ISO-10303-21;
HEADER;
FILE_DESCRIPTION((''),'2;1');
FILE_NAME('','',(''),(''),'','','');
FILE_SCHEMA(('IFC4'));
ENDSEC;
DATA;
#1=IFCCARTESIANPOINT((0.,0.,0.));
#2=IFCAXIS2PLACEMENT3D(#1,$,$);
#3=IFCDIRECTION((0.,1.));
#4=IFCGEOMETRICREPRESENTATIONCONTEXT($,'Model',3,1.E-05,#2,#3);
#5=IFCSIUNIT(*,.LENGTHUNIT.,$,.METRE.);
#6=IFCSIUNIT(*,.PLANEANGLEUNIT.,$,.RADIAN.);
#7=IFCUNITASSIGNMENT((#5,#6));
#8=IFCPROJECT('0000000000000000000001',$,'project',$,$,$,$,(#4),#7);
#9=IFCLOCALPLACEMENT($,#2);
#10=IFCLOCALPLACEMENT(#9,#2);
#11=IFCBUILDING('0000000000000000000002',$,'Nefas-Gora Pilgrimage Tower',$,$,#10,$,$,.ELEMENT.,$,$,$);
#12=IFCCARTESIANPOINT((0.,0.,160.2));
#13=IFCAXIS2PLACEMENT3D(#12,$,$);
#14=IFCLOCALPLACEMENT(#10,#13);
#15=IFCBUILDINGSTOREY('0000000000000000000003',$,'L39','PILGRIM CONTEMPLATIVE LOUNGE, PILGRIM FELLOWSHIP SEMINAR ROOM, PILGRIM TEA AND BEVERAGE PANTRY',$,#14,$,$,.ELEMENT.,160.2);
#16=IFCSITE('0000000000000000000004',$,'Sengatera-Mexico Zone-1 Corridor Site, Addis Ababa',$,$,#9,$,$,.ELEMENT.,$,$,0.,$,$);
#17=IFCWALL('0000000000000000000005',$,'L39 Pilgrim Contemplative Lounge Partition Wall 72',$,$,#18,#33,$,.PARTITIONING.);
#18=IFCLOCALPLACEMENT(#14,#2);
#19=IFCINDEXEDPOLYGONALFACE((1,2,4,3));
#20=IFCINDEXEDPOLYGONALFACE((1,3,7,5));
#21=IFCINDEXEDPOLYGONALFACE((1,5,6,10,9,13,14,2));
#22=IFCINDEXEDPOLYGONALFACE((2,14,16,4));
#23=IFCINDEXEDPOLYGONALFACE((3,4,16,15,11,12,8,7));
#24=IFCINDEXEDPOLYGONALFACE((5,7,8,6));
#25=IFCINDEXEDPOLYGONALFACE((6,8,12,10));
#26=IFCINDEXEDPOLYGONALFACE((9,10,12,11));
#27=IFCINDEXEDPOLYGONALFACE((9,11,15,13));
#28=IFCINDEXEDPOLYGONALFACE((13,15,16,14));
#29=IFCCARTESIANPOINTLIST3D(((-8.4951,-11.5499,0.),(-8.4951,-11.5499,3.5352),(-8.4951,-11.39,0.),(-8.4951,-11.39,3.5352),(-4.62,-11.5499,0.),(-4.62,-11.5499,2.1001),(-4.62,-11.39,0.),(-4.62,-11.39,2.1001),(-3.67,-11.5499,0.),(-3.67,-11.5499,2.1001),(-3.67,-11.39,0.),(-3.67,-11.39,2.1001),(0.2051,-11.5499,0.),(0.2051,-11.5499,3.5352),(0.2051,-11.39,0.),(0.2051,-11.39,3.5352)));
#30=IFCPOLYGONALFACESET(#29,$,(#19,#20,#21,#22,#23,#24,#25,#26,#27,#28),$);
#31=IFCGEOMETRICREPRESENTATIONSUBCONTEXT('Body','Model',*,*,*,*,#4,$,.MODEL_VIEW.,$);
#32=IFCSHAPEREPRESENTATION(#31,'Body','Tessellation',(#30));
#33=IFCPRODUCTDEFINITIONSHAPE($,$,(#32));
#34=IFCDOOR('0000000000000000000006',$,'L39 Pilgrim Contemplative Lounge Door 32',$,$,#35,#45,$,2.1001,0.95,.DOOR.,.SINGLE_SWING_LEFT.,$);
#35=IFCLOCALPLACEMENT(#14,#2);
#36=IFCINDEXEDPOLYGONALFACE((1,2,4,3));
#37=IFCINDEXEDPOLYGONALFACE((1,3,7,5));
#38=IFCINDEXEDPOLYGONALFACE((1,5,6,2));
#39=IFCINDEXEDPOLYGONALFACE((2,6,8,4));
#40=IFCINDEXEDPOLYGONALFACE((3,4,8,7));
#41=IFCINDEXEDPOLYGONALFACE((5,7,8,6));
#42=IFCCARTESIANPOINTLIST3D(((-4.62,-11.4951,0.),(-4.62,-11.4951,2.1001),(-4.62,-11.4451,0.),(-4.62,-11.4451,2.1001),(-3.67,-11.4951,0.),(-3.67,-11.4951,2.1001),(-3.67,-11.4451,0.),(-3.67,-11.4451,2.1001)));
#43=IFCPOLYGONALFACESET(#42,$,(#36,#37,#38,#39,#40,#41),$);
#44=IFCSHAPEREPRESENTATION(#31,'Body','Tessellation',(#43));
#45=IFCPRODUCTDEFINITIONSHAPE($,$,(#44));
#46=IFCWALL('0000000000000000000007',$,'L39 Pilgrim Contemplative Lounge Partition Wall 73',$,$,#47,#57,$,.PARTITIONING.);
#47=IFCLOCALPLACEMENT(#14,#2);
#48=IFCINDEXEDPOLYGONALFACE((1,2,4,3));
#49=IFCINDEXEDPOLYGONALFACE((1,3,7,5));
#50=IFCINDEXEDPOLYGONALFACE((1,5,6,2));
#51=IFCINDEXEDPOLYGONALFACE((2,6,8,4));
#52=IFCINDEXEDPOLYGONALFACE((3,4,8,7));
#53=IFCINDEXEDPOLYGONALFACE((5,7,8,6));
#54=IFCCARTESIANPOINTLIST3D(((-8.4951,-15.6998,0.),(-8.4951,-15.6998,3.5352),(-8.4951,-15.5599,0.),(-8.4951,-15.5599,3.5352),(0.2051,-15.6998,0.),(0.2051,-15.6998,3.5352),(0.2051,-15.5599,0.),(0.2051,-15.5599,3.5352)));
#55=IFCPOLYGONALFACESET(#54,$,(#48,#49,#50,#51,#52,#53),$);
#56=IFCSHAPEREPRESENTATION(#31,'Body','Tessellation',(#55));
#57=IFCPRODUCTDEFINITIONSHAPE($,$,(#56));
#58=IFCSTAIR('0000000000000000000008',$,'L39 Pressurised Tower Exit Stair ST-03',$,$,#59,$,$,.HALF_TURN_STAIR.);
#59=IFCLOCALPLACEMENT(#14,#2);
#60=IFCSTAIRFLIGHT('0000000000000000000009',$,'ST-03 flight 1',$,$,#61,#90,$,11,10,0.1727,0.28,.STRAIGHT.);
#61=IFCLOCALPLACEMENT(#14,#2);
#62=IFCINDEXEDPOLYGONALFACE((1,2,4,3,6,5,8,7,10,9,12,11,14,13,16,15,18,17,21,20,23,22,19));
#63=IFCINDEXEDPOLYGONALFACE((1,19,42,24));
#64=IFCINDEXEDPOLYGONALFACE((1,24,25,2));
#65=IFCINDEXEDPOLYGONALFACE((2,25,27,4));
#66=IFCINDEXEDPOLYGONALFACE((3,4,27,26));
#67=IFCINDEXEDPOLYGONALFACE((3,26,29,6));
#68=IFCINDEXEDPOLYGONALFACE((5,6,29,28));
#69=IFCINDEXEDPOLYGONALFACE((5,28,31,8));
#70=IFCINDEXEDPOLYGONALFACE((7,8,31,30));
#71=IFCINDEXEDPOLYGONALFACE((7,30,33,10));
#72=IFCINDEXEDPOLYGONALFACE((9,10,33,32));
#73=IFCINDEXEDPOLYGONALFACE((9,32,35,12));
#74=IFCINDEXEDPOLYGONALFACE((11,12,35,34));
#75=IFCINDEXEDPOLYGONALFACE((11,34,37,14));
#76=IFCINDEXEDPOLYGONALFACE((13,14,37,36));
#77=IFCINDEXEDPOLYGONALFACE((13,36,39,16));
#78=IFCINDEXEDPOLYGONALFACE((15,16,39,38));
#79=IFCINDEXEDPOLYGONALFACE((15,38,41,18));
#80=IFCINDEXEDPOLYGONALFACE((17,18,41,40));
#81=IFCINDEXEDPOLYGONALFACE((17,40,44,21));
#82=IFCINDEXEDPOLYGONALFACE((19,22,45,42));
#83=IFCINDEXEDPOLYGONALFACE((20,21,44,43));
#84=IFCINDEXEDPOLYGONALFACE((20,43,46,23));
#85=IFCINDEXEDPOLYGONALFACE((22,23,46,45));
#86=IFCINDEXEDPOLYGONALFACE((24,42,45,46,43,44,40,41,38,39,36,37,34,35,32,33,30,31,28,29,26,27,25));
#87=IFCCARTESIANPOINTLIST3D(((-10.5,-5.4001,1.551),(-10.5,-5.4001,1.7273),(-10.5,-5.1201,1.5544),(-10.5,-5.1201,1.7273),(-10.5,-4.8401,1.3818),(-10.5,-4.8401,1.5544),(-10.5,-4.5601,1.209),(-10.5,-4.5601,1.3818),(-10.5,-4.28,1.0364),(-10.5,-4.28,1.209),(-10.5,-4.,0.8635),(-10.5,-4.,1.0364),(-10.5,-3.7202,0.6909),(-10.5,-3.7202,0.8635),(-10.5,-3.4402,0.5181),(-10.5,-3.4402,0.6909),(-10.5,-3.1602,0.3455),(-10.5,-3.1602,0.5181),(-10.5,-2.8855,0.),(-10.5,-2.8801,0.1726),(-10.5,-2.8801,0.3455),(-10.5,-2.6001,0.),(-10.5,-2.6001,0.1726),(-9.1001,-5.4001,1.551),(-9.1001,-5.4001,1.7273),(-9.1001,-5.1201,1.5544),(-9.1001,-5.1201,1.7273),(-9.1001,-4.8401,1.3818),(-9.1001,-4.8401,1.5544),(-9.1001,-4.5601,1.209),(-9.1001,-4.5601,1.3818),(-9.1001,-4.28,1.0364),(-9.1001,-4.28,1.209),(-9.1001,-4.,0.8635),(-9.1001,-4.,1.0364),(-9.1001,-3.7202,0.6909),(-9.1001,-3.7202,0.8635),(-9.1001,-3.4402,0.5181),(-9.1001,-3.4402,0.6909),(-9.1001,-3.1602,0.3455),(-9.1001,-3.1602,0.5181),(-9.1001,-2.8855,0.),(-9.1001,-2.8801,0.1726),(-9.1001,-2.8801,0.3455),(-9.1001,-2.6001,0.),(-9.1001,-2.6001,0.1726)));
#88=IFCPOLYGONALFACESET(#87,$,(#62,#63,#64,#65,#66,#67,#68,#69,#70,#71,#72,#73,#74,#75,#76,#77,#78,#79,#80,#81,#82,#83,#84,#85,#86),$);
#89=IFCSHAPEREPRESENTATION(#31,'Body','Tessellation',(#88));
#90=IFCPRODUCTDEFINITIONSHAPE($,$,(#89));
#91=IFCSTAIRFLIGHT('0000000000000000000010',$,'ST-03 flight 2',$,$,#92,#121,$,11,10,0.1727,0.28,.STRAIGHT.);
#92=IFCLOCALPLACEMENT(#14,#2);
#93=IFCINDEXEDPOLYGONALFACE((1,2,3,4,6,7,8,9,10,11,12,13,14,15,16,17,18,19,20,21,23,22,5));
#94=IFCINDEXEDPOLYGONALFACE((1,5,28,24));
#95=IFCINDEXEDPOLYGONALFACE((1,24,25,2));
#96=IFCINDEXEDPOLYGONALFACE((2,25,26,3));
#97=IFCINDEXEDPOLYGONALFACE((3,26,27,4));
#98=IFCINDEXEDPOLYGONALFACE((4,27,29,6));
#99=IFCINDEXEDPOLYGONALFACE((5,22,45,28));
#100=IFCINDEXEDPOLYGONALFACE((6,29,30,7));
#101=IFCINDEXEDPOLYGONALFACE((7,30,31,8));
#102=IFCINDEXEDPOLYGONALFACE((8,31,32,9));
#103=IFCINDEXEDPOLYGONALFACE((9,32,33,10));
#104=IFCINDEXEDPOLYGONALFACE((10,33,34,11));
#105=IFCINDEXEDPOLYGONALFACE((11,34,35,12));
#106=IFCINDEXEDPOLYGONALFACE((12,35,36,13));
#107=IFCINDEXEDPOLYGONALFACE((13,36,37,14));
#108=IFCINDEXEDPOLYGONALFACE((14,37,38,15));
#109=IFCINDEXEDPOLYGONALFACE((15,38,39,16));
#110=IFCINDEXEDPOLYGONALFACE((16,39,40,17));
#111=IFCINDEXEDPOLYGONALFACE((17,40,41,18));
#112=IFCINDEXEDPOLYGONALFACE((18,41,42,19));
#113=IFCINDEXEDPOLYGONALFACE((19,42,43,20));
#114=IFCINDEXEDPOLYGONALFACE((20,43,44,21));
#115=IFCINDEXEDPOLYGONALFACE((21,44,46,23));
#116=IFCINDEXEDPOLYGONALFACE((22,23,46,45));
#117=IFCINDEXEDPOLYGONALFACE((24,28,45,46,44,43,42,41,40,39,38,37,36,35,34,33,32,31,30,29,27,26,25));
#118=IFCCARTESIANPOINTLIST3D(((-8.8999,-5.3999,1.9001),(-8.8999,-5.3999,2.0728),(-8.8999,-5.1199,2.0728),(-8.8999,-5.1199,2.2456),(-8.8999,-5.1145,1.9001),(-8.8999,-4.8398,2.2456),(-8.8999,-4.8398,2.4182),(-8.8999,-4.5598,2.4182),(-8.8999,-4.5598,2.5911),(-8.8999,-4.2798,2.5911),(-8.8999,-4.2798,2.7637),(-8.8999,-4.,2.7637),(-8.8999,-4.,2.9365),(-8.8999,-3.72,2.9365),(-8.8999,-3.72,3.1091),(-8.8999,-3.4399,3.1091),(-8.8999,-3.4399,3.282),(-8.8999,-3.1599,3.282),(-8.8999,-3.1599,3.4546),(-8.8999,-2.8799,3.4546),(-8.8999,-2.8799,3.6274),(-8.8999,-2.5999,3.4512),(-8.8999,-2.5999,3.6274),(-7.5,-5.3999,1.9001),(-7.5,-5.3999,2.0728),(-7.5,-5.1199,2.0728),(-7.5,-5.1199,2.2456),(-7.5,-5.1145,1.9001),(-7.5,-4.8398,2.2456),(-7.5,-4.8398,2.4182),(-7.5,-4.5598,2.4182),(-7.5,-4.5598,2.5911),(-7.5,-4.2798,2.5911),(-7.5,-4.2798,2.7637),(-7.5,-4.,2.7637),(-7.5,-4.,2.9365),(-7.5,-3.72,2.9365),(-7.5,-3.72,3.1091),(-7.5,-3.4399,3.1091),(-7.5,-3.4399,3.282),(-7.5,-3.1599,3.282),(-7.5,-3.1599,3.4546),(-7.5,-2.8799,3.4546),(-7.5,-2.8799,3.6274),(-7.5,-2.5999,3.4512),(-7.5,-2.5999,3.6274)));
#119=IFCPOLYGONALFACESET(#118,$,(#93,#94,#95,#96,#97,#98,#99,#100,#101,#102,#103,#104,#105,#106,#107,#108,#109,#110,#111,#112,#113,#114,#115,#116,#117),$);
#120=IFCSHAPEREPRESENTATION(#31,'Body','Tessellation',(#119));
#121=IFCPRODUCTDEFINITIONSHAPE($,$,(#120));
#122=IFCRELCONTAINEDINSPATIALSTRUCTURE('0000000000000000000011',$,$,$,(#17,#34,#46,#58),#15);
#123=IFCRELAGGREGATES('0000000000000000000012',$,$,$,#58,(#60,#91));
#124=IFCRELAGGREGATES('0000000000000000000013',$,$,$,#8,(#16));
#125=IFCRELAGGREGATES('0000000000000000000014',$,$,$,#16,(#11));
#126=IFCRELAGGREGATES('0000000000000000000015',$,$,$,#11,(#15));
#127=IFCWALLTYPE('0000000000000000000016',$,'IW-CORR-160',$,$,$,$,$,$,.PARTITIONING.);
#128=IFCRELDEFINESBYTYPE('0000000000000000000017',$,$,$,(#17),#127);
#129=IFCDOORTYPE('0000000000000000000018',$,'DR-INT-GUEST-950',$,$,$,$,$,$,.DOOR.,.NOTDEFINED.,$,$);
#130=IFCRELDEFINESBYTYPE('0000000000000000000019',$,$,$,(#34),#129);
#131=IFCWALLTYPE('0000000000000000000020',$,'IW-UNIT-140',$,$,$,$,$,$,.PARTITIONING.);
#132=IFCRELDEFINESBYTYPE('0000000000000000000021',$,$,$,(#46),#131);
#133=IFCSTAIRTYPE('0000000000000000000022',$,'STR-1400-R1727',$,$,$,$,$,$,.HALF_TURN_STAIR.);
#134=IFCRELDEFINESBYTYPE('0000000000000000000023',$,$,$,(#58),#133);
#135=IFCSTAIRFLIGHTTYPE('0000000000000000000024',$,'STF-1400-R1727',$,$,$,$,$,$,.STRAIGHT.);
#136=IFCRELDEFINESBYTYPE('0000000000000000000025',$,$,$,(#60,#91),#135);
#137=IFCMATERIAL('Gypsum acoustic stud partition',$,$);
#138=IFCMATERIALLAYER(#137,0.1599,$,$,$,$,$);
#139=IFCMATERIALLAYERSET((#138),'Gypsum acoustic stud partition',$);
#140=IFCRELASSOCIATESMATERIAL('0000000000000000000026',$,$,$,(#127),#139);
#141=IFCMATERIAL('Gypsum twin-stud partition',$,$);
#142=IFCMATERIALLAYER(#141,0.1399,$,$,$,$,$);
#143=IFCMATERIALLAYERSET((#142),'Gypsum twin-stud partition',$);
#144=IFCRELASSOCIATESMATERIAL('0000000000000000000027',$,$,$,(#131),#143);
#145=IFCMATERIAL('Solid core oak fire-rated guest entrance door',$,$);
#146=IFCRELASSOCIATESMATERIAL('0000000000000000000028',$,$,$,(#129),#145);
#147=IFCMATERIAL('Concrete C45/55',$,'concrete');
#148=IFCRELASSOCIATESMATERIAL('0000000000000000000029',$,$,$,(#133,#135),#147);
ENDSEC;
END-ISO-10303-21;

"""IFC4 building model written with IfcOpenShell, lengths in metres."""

from ifc_helpers import new_model, si_unit, direction, frame, frame_2d, origin, place, context, subcontext, project, spatial, polyline, rectangle, outline, extrude, source, transform, mapped, material, layer, layer_set, type_object, element, fill, aggregate, save


model = new_model("IFC4")

# Units and contexts
model_context = context("Model", 3, precision=1e-05, world=origin(), true_north=direction((0.0, 1.0)))
body_context = subcontext(model_context, "Body", "Model", "MODEL_VIEW")
ifc_project = project(units=[si_unit("LENGTHUNIT", "METRE"), si_unit("PLANEANGLEUNIT", "RADIAN")], contexts=[model_context])

# Site, building, storey
site_placement = place(None, origin())
site = spatial("IfcSite", under=ifc_project, at=site_placement, Name="Sengatera-Mexico Zone-1 Corridor Site, Addis Ababa", CompositionType="ELEMENT", RefElevation=0.0)
building_placement = place(site_placement, origin())
building = spatial("IfcBuilding", under=site, at=building_placement, Name="Nefas-Gora Pilgrimage Tower", CompositionType="ELEMENT")
storey_placement = place(building_placement, frame((0.0, 0.0, 160.2)))
storey = spatial("IfcBuildingStorey", under=building, at=storey_placement, Name="L39", Description="PILGRIM CONTEMPLATIVE LOUNGE, PILGRIM FELLOWSHIP SEMINAR ROOM, PILGRIM TEA AND BEVERAGE PANTRY", CompositionType="ELEMENT", Elevation=160.2)

# Shared definitions
ifc_material_1 = material(Name="Concrete C45/55", Category="concrete")

# Shared definitions
ifc_material_2 = material(Name="Gypsum acoustic stud partition")
ifc_layer_1 = layer(ifc_material_2, 0.1599)
ifc_layer_set_1 = layer_set([ifc_layer_1], Name="Gypsum acoustic stud partition")
wall_type_1 = type_object("IfcWallType", Name="IW-CORR-160", PredefinedType="PARTITIONING", material=ifc_layer_set_1)
ifc_material_3 = material(Name="Gypsum twin-stud partition")
ifc_layer_2 = layer(ifc_material_3, 0.1399)
ifc_layer_set_2 = layer_set([ifc_layer_2], Name="Gypsum twin-stud partition")
wall_type_2 = type_object("IfcWallType", Name="IW-UNIT-140", PredefinedType="PARTITIONING", material=ifc_layer_set_2)

# Wall, opening, door
shared_shape_1 = source(origin(), body_context, "Body", "SweptSolid", [
    extrude(rectangle(XDim=8.7002, YDim=0.1599, at=frame_2d((4.3501, 0.0))), origin(), (0.0, 0.0, 1.0), 3.5352),
])
wall_1_placement = place(storey_placement, frame((-8.4951, -11.47, 0.0), z_axis=(0.0, 0.0, 1.0), x_axis=(1.0, 0.0, 0.0)))
wall_1 = element("IfcWall", 1, at=wall_1_placement, inside=storey, type_object=wall_type_1, Name="L39 Pilgrim Contemplative Lounge Partition Wall 72", PredefinedType="PARTITIONING", context=body_context, shape_type="MappedRepresentation", body=[
    mapped(shared_shape_1, transform((0.0, 0.0, 0.0), x_axis=(1.0, 0.0, 0.0), y_axis=(0.0, 1.0, 0.0), z_axis=(0.0, 0.0, 1.0), scale=1.0)),
])
opening_1_placement = place(wall_1_placement, frame((3.875, 0.0, 0.0)))
opening_1 = element("IfcOpeningElement", 2, at=opening_1_placement, cuts=wall_1, PredefinedType="OPENING", context=body_context, shape_type="SweptSolid", body=[
    extrude(rectangle(XDim=0.95, YDim=2.1001, at=frame_2d((0.4751, 1.05))), frame((0.0, 0.0898, 0.0), z_axis=(0.0, -1.0, 0.0), x_axis=(1.0, 0.0, 0.0)), (0.0, 0.0, 1.0), 0.1799),
])
ifc_material_4 = material(Name="Solid core oak fire-rated guest entrance door")
door_type_1 = type_object("IfcDoorType", Name="DR-INT-GUEST-950", OperationType="NOTDEFINED", PredefinedType="DOOR", material=ifc_material_4)
shared_shape_2 = source(origin(), body_context, "Body", "SweptSolid", [
    extrude(rectangle(XDim=0.95, YDim=2.1001, at=frame_2d((0.4751, 1.05))), frame((0.0, 0.0249, 0.0), z_axis=(0.0, -1.0, 0.0), x_axis=(1.0, 0.0, 0.0)), (0.0, 0.0, 1.0), 0.05),
])
door_1_placement = place(opening_1_placement, origin())
door_1 = element("IfcDoor", 3, at=door_1_placement, inside=storey, type_object=door_type_1, Name="L39 Pilgrim Contemplative Lounge Door 32", OperationType="SINGLE_SWING_LEFT", OverallHeight=2.1001, OverallWidth=0.95, PredefinedType="DOOR", context=body_context, shape_type="MappedRepresentation", body=[
    mapped(shared_shape_2, transform((0.0, 0.0, 0.0), x_axis=(1.0, 0.0, 0.0), y_axis=(0.0, 1.0, 0.0), z_axis=(0.0, 0.0, 1.0), scale=1.0)),
])
fill(opening_1, door_1)

# Wall
shared_shape_3 = source(origin(), body_context, "Body", "SweptSolid", [
    extrude(rectangle(XDim=8.7002, YDim=0.1399, at=frame_2d((4.3501, 0.0))), origin(), (0.0, 0.0, 1.0), 3.5352),
])
wall_2_placement = place(storey_placement, frame((-8.4951, -15.6299, 0.0), z_axis=(0.0, 0.0, 1.0), x_axis=(1.0, 0.0, 0.0)))
element("IfcWall", 4, at=wall_2_placement, inside=storey, type_object=wall_type_2, Name="L39 Pilgrim Contemplative Lounge Partition Wall 73", PredefinedType="PARTITIONING", context=body_context, shape_type="MappedRepresentation", body=[
    mapped(shared_shape_3, transform((0.0, 0.0, 0.0), x_axis=(1.0, 0.0, 0.0), y_axis=(0.0, 1.0, 0.0), z_axis=(0.0, 0.0, 1.0), scale=1.0)),
])

# Stair, stair flights
stair_type = type_object("IfcStairType", Name="STR-1400-R1727", PredefinedType="HALF_TURN_STAIR", material=ifc_material_1)
stair_placement = place(storey_placement, origin())
stair = element("IfcStair", 5, at=stair_placement, inside=storey, type_object=stair_type, Name="L39 Pressurised Tower Exit Stair ST-03", PredefinedType="HALF_TURN_STAIR")
stair_flight_type = type_object("IfcStairFlightType", Name="STF-1400-R1727", PredefinedType="STRAIGHT", material=ifc_material_1)
shared_shape_4 = source(origin(), body_context, "Body", "SweptSolid", [
    extrude(outline(polyline([(0.0, 0.0), (0.0, 0.1726), (0.28, 0.1726), (0.28, 0.3455), (0.5601, 0.3455), (0.5601, 0.5181), (0.8401, 0.5181), (0.8401, 0.6909), (1.1201, 0.6909), (1.1201, 0.8635), (1.3999, 0.8635), (1.3999, 1.0364), (1.6799, 1.0364), (1.6799, 1.209), (1.96, 1.209), (1.96, 1.3818), (2.24, 1.3818), (2.24, 1.5544), (2.52, 1.5544), (2.52, 1.7273), (2.8, 1.7273), (2.8, 1.8999), (2.8, 1.551), (0.2854, 0.0), (0.0, 0.0)])), frame((0.0, 0.7, 0.0), z_axis=(0.0, -1.0, 0.0), x_axis=(1.0, 0.0, 0.0)), (0.0, 0.0, 1.0), 1.3999),
])
stair_flight_1_placement = place(storey_placement, frame((-9.8, -2.6001, 0.0), z_axis=(0.0, 0.0, 1.0), x_axis=(0.0, -1.0, 0.0)))
stair_flight_1 = element("IfcStairFlight", 6, at=stair_flight_1_placement, type_object=stair_flight_type, Name="ST-03 flight 1", NumberOfRisers=11, NumberOfTreads=10, PredefinedType="STRAIGHT", RiserHeight=0.1727, TreadLength=0.28, context=body_context, shape_type="MappedRepresentation", body=[
    mapped(shared_shape_4, transform((0.0, 0.0, 0.0), x_axis=(1.0, 0.0, 0.0), y_axis=(0.0, 1.0, 0.0), z_axis=(0.0, 0.0, 1.0), scale=1.0)),
])
stair_flight_2_placement = place(storey_placement, frame((-8.2, -5.3999, 1.9001), z_axis=(0.0, 0.0, 1.0), x_axis=(0.0, 1.0, 0.0)))
stair_flight_2 = element("IfcStairFlight", 7, at=stair_flight_2_placement, type_object=stair_flight_type, Name="ST-03 flight 2", NumberOfRisers=11, NumberOfTreads=10, PredefinedType="STRAIGHT", RiserHeight=0.1727, TreadLength=0.28, context=body_context, shape_type="MappedRepresentation", body=[
    mapped(shared_shape_4, transform((0.0, 0.0, 0.0), x_axis=(1.0, 0.0, 0.0), y_axis=(0.0, 1.0, 0.0), z_axis=(0.0, 0.0, 1.0), scale=1.0)),
])
aggregate(stair, [stair_flight_1, stair_flight_2])

save(model, "model.ifc")
